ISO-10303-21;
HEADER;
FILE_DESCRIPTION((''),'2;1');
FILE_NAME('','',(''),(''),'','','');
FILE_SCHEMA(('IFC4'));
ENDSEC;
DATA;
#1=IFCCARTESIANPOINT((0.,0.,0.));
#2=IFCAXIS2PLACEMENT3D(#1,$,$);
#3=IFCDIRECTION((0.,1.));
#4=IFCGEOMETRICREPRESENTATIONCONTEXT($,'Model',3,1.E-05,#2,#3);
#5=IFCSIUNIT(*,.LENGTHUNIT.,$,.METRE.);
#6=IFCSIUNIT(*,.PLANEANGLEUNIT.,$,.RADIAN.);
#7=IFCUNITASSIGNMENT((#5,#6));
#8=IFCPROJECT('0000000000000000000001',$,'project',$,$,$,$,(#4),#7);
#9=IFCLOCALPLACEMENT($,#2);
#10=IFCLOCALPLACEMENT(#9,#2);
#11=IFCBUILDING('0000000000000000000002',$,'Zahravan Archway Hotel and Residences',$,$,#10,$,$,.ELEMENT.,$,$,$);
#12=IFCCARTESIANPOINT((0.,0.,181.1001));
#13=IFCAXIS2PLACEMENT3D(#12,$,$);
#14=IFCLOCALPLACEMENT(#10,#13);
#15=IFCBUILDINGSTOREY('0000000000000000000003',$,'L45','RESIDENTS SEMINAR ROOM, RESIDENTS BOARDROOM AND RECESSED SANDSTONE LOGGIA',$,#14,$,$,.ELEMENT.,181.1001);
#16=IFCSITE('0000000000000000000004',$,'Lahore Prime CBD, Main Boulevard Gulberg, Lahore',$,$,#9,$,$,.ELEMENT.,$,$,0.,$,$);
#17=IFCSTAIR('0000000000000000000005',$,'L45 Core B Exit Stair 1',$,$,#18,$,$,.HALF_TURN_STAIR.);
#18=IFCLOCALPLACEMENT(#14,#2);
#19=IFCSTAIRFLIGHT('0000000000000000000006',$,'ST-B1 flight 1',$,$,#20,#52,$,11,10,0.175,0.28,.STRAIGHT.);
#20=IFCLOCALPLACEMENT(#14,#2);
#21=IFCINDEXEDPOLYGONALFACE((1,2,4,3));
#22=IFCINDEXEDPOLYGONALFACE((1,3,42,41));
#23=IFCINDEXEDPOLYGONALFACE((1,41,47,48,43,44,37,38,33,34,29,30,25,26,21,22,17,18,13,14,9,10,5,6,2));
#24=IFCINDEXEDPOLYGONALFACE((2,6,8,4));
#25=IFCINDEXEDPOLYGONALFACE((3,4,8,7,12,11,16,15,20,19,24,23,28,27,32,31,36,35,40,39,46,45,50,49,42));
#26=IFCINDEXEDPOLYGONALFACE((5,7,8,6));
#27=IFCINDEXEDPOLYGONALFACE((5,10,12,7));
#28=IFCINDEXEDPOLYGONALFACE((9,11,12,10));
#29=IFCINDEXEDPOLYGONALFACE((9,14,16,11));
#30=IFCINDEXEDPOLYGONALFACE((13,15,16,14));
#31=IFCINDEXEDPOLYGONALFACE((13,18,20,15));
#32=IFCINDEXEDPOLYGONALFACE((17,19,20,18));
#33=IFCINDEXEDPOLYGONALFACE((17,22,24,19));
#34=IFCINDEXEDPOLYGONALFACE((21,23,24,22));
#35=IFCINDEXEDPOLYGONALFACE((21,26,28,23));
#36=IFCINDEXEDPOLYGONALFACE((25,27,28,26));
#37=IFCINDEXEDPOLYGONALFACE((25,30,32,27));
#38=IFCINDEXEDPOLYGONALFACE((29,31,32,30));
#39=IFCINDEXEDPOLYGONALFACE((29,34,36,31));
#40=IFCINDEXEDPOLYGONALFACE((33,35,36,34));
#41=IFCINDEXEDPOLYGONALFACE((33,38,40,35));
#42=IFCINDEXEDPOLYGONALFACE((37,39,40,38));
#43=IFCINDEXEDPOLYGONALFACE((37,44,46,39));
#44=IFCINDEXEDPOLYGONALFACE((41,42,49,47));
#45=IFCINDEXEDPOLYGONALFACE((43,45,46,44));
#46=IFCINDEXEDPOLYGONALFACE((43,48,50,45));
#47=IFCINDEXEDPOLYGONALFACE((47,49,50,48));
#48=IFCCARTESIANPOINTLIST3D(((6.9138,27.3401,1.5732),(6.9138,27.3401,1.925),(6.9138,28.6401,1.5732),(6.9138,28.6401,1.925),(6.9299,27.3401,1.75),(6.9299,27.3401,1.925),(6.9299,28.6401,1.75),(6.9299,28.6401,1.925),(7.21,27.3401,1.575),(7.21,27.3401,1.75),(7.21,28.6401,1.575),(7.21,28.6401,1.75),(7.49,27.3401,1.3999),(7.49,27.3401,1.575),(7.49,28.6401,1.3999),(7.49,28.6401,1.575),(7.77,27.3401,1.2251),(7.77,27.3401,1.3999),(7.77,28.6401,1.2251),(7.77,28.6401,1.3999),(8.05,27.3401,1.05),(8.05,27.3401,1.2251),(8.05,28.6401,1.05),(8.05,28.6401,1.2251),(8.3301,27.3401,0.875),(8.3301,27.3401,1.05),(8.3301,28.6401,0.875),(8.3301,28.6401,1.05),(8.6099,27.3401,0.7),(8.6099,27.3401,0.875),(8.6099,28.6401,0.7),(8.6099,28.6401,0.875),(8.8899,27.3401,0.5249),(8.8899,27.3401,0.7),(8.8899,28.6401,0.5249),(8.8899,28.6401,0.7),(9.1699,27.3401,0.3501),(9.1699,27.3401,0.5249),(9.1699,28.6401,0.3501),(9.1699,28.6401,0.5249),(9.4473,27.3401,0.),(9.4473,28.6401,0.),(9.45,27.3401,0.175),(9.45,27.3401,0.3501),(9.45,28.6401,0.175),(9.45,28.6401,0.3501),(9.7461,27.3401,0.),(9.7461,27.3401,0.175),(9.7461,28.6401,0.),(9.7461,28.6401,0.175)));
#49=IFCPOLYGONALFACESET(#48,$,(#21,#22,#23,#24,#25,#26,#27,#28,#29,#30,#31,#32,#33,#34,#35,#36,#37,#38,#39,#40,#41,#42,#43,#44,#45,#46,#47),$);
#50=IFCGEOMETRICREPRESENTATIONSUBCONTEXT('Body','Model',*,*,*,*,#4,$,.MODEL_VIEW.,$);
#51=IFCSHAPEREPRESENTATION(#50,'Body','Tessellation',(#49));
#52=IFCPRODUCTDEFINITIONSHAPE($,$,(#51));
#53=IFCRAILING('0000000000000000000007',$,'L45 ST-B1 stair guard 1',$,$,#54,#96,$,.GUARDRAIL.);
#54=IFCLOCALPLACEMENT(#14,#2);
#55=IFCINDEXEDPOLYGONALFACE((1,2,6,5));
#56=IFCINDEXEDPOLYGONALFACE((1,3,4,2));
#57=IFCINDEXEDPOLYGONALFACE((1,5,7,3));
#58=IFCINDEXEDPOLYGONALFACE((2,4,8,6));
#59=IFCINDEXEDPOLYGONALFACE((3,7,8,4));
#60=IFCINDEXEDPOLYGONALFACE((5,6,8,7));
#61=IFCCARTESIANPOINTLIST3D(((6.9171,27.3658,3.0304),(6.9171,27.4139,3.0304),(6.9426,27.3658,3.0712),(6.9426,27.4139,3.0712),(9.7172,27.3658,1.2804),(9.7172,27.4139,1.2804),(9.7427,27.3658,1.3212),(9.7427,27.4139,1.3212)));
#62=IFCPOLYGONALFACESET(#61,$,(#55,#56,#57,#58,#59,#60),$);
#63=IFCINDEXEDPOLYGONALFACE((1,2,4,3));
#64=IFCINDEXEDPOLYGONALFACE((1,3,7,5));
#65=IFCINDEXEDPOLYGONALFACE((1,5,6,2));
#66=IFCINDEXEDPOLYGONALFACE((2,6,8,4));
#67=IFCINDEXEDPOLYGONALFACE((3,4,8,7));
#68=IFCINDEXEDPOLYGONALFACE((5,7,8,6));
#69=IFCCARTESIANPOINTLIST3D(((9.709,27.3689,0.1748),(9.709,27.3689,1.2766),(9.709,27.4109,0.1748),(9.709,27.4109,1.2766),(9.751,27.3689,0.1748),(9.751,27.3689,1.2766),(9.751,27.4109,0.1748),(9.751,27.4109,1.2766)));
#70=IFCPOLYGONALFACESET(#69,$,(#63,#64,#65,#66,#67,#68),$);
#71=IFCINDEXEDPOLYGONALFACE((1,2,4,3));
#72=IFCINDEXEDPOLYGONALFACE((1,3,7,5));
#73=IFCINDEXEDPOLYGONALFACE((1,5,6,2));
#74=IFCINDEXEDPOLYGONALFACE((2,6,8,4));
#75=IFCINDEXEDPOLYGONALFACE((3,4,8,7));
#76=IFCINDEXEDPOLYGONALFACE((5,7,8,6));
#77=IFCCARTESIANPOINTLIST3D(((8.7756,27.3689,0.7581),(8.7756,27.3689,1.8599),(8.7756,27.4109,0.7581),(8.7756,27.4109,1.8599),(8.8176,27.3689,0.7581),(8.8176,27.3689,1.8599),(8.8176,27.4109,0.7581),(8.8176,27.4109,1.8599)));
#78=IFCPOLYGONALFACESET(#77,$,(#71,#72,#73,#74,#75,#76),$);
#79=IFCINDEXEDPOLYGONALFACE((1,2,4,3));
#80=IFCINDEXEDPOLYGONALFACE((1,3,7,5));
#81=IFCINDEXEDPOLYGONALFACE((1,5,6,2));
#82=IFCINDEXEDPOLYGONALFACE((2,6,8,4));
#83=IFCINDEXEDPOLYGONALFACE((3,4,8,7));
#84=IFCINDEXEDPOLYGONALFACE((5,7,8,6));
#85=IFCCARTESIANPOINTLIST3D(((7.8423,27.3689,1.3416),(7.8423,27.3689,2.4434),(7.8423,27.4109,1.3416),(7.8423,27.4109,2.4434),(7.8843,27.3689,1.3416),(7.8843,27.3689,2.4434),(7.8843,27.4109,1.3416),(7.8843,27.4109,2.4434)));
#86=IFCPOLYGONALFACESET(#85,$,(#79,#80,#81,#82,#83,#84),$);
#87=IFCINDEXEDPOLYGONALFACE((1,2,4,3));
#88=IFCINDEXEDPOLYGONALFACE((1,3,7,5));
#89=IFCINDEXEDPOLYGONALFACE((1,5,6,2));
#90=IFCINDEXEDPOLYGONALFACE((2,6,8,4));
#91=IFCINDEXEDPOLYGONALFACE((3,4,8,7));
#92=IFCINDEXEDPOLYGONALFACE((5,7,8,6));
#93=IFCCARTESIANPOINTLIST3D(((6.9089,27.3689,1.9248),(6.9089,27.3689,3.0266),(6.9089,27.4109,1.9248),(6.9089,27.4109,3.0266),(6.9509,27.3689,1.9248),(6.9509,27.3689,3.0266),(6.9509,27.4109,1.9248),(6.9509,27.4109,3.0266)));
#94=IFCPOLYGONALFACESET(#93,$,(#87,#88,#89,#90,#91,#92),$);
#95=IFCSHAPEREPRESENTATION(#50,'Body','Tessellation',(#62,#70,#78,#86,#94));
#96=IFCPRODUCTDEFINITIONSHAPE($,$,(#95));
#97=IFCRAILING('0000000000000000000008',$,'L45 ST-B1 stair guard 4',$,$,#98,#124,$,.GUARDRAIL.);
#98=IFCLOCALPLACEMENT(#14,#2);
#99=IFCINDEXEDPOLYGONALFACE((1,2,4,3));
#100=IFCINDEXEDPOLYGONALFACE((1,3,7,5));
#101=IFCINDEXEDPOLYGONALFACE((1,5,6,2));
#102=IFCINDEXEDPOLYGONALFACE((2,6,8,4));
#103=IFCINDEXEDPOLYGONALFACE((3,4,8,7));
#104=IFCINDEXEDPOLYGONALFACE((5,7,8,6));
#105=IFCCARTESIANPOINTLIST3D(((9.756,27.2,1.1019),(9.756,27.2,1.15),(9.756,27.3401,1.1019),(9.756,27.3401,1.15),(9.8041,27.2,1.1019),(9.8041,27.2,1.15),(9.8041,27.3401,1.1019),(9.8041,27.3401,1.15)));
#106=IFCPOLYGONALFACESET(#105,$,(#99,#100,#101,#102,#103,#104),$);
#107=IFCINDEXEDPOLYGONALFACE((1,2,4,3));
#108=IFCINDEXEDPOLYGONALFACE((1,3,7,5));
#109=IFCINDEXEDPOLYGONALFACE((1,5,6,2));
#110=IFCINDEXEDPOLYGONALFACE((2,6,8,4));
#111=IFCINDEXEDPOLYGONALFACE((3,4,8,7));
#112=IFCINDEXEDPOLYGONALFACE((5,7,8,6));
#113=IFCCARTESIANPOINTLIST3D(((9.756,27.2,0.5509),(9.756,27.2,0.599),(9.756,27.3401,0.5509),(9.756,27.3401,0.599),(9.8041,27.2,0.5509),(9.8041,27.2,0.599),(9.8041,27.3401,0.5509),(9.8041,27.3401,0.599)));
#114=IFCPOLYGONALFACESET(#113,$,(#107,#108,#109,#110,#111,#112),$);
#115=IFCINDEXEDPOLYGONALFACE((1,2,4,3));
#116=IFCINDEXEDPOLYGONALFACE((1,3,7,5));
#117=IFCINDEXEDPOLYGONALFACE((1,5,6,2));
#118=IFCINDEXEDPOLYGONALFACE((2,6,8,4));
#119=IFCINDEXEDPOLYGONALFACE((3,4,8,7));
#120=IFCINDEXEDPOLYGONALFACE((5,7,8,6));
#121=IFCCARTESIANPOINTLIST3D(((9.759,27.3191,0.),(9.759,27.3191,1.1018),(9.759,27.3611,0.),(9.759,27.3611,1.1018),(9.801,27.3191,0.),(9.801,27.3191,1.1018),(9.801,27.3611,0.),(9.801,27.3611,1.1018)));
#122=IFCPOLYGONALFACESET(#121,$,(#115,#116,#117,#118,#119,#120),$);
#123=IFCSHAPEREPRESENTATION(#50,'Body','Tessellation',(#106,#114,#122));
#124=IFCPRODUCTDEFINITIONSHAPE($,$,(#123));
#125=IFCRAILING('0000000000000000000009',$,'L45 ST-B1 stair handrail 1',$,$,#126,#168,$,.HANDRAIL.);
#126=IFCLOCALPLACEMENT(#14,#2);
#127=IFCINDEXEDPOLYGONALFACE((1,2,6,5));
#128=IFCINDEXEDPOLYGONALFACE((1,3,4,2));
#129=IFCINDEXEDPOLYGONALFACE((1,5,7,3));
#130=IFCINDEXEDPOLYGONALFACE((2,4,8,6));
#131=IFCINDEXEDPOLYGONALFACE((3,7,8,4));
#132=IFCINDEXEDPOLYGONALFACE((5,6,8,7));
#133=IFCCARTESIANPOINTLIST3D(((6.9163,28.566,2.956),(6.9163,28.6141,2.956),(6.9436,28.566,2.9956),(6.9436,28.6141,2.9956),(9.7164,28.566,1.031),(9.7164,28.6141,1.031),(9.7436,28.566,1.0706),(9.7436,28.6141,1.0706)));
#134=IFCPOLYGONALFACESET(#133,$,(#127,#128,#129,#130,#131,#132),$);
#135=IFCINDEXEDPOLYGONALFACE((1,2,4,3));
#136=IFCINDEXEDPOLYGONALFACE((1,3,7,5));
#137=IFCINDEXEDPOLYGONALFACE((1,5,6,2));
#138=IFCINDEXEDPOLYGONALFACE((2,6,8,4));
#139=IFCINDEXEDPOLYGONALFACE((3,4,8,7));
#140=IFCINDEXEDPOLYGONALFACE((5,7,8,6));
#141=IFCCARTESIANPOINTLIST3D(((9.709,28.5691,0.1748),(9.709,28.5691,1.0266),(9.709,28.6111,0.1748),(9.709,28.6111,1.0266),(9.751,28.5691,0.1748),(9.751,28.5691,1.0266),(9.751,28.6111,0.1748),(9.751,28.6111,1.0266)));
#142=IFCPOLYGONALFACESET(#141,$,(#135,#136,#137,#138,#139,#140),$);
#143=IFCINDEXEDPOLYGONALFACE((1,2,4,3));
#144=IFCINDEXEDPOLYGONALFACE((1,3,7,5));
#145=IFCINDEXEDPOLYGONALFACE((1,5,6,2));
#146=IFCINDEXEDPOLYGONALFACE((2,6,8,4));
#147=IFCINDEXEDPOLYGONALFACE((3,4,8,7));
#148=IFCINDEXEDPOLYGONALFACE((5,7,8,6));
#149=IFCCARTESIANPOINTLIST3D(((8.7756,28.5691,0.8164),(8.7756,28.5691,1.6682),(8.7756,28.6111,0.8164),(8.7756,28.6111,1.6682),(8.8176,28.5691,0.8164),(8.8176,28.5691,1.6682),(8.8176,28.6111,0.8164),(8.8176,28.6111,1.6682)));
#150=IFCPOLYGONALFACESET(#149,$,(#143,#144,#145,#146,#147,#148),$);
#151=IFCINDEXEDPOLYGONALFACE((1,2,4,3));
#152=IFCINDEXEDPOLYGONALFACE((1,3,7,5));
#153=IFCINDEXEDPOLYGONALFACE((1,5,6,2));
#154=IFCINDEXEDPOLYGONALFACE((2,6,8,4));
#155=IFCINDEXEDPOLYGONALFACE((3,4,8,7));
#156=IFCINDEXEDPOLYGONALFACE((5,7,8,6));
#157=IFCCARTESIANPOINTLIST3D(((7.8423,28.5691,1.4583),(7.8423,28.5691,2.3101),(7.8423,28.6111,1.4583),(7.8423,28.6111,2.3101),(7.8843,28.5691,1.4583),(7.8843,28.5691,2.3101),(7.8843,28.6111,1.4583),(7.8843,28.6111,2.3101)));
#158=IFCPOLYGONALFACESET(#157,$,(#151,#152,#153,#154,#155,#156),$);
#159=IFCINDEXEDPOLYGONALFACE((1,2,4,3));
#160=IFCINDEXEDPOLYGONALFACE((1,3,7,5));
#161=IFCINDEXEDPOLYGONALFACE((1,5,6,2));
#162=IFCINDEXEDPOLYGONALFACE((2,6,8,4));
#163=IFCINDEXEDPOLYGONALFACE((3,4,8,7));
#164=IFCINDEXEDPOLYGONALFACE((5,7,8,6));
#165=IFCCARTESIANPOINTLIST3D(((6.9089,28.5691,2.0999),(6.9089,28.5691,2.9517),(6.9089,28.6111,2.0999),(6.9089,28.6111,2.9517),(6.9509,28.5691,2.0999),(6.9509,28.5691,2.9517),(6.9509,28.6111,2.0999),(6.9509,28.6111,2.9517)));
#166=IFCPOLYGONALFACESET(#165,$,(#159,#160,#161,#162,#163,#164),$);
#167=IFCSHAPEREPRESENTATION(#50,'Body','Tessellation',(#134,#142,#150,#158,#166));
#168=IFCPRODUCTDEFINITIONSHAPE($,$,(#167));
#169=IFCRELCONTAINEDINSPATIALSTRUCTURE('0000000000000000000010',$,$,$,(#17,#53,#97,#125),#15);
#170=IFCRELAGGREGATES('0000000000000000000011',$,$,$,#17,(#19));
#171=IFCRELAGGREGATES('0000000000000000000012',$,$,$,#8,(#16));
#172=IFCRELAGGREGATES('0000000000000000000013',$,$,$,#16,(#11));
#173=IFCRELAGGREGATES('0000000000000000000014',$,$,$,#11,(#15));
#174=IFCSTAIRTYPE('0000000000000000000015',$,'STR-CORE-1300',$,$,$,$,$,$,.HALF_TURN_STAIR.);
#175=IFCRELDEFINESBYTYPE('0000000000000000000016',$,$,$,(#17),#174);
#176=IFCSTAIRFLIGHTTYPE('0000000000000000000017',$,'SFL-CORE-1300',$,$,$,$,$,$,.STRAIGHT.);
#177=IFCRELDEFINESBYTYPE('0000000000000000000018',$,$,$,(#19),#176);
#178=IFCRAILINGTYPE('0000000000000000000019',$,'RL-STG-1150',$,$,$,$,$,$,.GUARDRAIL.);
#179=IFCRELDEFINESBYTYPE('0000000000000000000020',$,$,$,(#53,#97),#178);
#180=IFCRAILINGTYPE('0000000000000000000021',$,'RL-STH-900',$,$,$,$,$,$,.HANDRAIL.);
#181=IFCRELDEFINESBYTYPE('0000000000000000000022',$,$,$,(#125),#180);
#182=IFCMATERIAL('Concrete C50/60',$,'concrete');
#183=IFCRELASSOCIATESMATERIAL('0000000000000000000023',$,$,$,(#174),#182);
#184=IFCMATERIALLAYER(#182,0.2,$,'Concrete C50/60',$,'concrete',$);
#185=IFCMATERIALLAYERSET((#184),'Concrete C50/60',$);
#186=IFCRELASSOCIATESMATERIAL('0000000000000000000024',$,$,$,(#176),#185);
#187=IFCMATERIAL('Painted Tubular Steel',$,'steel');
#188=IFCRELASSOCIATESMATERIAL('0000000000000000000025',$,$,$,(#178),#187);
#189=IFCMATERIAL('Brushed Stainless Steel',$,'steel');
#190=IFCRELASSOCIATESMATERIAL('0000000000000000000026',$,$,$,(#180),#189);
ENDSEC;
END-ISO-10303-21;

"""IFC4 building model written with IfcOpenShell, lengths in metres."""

from ifc_helpers import new_model, si_unit, direction, frame, origin, origin_2d, place, context, subcontext, project, spatial, polyline, rectangle, outline, extrude, source, transform, mapped, material, layer, layer_set, type_object, element, aggregate, save


model = new_model("IFC4")

# Units and contexts
model_context = context("Model", 3, precision=1e-05, world=origin(), true_north=direction((0.0, 1.0)))
body_context = subcontext(model_context, "Body", "Model", "MODEL_VIEW")
ifc_project = project(units=[si_unit("LENGTHUNIT", "METRE"), si_unit("PLANEANGLEUNIT", "RADIAN")], contexts=[model_context])

# Site, building, storey
site_placement = place(None, origin())
site = spatial("IfcSite", under=ifc_project, at=site_placement, Name="Lahore Prime CBD, Main Boulevard Gulberg, Lahore", CompositionType="ELEMENT", RefElevation=0.0)
building_placement = place(site_placement, origin())
building = spatial("IfcBuilding", under=site, at=building_placement, Name="Zahravan Archway Hotel and Residences", CompositionType="ELEMENT")
storey_placement = place(building_placement, frame((0.0, 0.0, 181.1001)))
storey = spatial("IfcBuildingStorey", under=building, at=storey_placement, Name="L45", Description="RESIDENTS SEMINAR ROOM, RESIDENTS BOARDROOM AND RECESSED SANDSTONE LOGGIA", CompositionType="ELEMENT", Elevation=181.1001)

# Shared definitions
ifc_material_1 = material(Name="Brushed Stainless Steel", Category="steel")

# Shared definitions
ifc_material_2 = material(Name="Concrete C50/60", Category="concrete")

# Stair, stair flight
stair_type = type_object("IfcStairType", Name="STR-CORE-1300", PredefinedType="HALF_TURN_STAIR", material=ifc_material_2)
stair_placement = place(storey_placement, origin())
stair = element("IfcStair", 1, at=stair_placement, inside=storey, type_object=stair_type, Name="L45 Core B Exit Stair 1", PredefinedType="HALF_TURN_STAIR")
ifc_layer_1 = layer(ifc_material_2, 0.2, Name="Concrete C50/60", Category="concrete")
ifc_layer_set_1 = layer_set([ifc_layer_1], Name="Concrete C50/60")
stair_flight_type = type_object("IfcStairFlightType", Name="SFL-CORE-1300", PredefinedType="STRAIGHT", material=ifc_layer_set_1)
shared_shape_1 = source(origin(), body_context, "Body", "SweptSolid", [
    extrude(outline(polyline([(-0.0161, 0.0), (-0.0161, 0.175), (0.28, 0.175), (0.28, 0.3501), (0.5601, 0.3501), (0.5601, 0.5249), (0.8401, 0.5249), (0.8401, 0.7), (1.1201, 0.7), (1.1201, 0.875), (1.3999, 0.875), (1.3999, 1.05), (1.6799, 1.05), (1.6799, 1.2251), (1.96, 1.2251), (1.96, 1.3999), (2.24, 1.3999), (2.24, 1.575), (2.52, 1.575), (2.52, 1.75), (2.8, 1.75), (2.8, 1.925), (2.8162, 1.925), (2.8162, 1.5732), (0.2827, 0.0), (-0.0161, 0.0)])), frame((0.0, 0.6499, 0.0), z_axis=(0.0, -1.0, 0.0), x_axis=(1.0, 0.0, 0.0)), (0.0, 0.0, 1.0), 1.3),
])
stair_flight_placement = place(storey_placement, frame((9.73, 27.99, 0.0), z_axis=(0.0, 0.0, 1.0), x_axis=(-1.0, 0.0, 0.0)))
stair_flight = element("IfcStairFlight", 2, at=stair_flight_placement, type_object=stair_flight_type, Name="ST-B1 flight 1", NumberOfRisers=11, NumberOfTreads=10, PredefinedType="STRAIGHT", RiserHeight=0.175, TreadLength=0.28, context=body_context, shape_type="MappedRepresentation", body=[
    mapped(shared_shape_1, transform((0.0, 0.0, 0.0), scale=1.0)),
])
aggregate(stair, [stair_flight])

# Railings
ifc_material_3 = material(Name="Painted Tubular Steel", Category="steel")
railing_type_1 = type_object("IfcRailingType", Name="RL-STG-1150", PredefinedType="GUARDRAIL", material=ifc_material_3)
railing_1_placement = place(storey_placement, frame((9.73, 27.3899, 0.1748)))
element("IfcRailing", 3, at=railing_1_placement, inside=storey, type_object=railing_type_1, Name="L45 ST-B1 stair guard 1", PredefinedType="GUARDRAIL", context=body_context, shape_type="SweptSolid", body=[
    extrude(rectangle(XDim=0.0481, YDim=0.0481, at=origin_2d()), frame((0.0, 0.0, 1.126), z_axis=(-0.848002, 0.0, 0.529992), x_axis=(0.0, -1.0, 0.0)), (0.0, 0.0, 1.0), 3.302),
    extrude(rectangle(XDim=0.042, YDim=0.042, at=origin_2d()), origin(), (0.0, 0.0, 1.0), 1.1018),
    extrude(rectangle(XDim=0.042, YDim=0.042, at=origin_2d()), frame((-0.9333, 0.0, 0.5833)), (0.0, 0.0, 1.0), 1.1018),
    extrude(rectangle(XDim=0.042, YDim=0.042, at=origin_2d()), frame((-1.8667, 0.0, 1.1667)), (0.0, 0.0, 1.0), 1.1018),
    extrude(rectangle(XDim=0.042, YDim=0.042, at=origin_2d()), frame((-2.8, 0.0, 1.75)), (0.0, 0.0, 1.0), 1.1018),
])
railing_2_placement = place(storey_placement, frame((9.78, 27.3401, 0.0)))
element("IfcRailing", 4, at=railing_2_placement, inside=storey, type_object=railing_type_1, Name="L45 ST-B1 stair guard 4", PredefinedType="GUARDRAIL", context=body_context, shape_type="SweptSolid", body=[
    extrude(rectangle(XDim=0.0481, YDim=0.0481, at=origin_2d()), frame((0.0, 0.0, 1.126), z_axis=(0.0, -1.0, 0.0), x_axis=(1.0, 0.0, 0.0)), (0.0, 0.0, 1.0), 0.1401),
    extrude(rectangle(XDim=0.0481, YDim=0.0481, at=origin_2d()), frame((0.0, 0.0, 0.575), z_axis=(0.0, -1.0, 0.0), x_axis=(1.0, 0.0, 0.0)), (0.0, 0.0, 1.0), 0.1401),
    extrude(rectangle(XDim=0.042, YDim=0.042, at=origin_2d()), origin(), (0.0, 0.0, 1.0), 1.1018),
])
railing_type_2 = type_object("IfcRailingType", Name="RL-STH-900", PredefinedType="HANDRAIL", material=ifc_material_1)
railing_3_placement = place(storey_placement, frame((9.73, 28.5901, 0.1748)))
element("IfcRailing", 5, at=railing_3_placement, inside=storey, type_object=railing_type_2, Name="L45 ST-B1 stair handrail 1", PredefinedType="HANDRAIL", context=body_context, shape_type="SweptSolid", body=[
    extrude(rectangle(XDim=0.0481, YDim=0.0481, at=origin_2d()), frame((0.0, 0.0, 0.876), z_axis=(-0.82404, 0.0, 0.566532), x_axis=(0.0, -1.0, 0.0)), (0.0, 0.0, 1.0), 3.3979),
    extrude(rectangle(XDim=0.042, YDim=0.042, at=origin_2d()), origin(), (0.0, 0.0, 1.0), 0.8518),
    extrude(rectangle(XDim=0.042, YDim=0.042, at=origin_2d()), frame((-0.9333, 0.0, 0.6416)), (0.0, 0.0, 1.0), 0.8518),
    extrude(rectangle(XDim=0.042, YDim=0.042, at=origin_2d()), frame((-1.8667, 0.0, 1.2834)), (0.0, 0.0, 1.0), 0.8518),
    extrude(rectangle(XDim=0.042, YDim=0.042, at=origin_2d()), frame((-2.8, 0.0, 1.925)), (0.0, 0.0, 1.0), 0.8518),
])

save(model, "model.ifc")
